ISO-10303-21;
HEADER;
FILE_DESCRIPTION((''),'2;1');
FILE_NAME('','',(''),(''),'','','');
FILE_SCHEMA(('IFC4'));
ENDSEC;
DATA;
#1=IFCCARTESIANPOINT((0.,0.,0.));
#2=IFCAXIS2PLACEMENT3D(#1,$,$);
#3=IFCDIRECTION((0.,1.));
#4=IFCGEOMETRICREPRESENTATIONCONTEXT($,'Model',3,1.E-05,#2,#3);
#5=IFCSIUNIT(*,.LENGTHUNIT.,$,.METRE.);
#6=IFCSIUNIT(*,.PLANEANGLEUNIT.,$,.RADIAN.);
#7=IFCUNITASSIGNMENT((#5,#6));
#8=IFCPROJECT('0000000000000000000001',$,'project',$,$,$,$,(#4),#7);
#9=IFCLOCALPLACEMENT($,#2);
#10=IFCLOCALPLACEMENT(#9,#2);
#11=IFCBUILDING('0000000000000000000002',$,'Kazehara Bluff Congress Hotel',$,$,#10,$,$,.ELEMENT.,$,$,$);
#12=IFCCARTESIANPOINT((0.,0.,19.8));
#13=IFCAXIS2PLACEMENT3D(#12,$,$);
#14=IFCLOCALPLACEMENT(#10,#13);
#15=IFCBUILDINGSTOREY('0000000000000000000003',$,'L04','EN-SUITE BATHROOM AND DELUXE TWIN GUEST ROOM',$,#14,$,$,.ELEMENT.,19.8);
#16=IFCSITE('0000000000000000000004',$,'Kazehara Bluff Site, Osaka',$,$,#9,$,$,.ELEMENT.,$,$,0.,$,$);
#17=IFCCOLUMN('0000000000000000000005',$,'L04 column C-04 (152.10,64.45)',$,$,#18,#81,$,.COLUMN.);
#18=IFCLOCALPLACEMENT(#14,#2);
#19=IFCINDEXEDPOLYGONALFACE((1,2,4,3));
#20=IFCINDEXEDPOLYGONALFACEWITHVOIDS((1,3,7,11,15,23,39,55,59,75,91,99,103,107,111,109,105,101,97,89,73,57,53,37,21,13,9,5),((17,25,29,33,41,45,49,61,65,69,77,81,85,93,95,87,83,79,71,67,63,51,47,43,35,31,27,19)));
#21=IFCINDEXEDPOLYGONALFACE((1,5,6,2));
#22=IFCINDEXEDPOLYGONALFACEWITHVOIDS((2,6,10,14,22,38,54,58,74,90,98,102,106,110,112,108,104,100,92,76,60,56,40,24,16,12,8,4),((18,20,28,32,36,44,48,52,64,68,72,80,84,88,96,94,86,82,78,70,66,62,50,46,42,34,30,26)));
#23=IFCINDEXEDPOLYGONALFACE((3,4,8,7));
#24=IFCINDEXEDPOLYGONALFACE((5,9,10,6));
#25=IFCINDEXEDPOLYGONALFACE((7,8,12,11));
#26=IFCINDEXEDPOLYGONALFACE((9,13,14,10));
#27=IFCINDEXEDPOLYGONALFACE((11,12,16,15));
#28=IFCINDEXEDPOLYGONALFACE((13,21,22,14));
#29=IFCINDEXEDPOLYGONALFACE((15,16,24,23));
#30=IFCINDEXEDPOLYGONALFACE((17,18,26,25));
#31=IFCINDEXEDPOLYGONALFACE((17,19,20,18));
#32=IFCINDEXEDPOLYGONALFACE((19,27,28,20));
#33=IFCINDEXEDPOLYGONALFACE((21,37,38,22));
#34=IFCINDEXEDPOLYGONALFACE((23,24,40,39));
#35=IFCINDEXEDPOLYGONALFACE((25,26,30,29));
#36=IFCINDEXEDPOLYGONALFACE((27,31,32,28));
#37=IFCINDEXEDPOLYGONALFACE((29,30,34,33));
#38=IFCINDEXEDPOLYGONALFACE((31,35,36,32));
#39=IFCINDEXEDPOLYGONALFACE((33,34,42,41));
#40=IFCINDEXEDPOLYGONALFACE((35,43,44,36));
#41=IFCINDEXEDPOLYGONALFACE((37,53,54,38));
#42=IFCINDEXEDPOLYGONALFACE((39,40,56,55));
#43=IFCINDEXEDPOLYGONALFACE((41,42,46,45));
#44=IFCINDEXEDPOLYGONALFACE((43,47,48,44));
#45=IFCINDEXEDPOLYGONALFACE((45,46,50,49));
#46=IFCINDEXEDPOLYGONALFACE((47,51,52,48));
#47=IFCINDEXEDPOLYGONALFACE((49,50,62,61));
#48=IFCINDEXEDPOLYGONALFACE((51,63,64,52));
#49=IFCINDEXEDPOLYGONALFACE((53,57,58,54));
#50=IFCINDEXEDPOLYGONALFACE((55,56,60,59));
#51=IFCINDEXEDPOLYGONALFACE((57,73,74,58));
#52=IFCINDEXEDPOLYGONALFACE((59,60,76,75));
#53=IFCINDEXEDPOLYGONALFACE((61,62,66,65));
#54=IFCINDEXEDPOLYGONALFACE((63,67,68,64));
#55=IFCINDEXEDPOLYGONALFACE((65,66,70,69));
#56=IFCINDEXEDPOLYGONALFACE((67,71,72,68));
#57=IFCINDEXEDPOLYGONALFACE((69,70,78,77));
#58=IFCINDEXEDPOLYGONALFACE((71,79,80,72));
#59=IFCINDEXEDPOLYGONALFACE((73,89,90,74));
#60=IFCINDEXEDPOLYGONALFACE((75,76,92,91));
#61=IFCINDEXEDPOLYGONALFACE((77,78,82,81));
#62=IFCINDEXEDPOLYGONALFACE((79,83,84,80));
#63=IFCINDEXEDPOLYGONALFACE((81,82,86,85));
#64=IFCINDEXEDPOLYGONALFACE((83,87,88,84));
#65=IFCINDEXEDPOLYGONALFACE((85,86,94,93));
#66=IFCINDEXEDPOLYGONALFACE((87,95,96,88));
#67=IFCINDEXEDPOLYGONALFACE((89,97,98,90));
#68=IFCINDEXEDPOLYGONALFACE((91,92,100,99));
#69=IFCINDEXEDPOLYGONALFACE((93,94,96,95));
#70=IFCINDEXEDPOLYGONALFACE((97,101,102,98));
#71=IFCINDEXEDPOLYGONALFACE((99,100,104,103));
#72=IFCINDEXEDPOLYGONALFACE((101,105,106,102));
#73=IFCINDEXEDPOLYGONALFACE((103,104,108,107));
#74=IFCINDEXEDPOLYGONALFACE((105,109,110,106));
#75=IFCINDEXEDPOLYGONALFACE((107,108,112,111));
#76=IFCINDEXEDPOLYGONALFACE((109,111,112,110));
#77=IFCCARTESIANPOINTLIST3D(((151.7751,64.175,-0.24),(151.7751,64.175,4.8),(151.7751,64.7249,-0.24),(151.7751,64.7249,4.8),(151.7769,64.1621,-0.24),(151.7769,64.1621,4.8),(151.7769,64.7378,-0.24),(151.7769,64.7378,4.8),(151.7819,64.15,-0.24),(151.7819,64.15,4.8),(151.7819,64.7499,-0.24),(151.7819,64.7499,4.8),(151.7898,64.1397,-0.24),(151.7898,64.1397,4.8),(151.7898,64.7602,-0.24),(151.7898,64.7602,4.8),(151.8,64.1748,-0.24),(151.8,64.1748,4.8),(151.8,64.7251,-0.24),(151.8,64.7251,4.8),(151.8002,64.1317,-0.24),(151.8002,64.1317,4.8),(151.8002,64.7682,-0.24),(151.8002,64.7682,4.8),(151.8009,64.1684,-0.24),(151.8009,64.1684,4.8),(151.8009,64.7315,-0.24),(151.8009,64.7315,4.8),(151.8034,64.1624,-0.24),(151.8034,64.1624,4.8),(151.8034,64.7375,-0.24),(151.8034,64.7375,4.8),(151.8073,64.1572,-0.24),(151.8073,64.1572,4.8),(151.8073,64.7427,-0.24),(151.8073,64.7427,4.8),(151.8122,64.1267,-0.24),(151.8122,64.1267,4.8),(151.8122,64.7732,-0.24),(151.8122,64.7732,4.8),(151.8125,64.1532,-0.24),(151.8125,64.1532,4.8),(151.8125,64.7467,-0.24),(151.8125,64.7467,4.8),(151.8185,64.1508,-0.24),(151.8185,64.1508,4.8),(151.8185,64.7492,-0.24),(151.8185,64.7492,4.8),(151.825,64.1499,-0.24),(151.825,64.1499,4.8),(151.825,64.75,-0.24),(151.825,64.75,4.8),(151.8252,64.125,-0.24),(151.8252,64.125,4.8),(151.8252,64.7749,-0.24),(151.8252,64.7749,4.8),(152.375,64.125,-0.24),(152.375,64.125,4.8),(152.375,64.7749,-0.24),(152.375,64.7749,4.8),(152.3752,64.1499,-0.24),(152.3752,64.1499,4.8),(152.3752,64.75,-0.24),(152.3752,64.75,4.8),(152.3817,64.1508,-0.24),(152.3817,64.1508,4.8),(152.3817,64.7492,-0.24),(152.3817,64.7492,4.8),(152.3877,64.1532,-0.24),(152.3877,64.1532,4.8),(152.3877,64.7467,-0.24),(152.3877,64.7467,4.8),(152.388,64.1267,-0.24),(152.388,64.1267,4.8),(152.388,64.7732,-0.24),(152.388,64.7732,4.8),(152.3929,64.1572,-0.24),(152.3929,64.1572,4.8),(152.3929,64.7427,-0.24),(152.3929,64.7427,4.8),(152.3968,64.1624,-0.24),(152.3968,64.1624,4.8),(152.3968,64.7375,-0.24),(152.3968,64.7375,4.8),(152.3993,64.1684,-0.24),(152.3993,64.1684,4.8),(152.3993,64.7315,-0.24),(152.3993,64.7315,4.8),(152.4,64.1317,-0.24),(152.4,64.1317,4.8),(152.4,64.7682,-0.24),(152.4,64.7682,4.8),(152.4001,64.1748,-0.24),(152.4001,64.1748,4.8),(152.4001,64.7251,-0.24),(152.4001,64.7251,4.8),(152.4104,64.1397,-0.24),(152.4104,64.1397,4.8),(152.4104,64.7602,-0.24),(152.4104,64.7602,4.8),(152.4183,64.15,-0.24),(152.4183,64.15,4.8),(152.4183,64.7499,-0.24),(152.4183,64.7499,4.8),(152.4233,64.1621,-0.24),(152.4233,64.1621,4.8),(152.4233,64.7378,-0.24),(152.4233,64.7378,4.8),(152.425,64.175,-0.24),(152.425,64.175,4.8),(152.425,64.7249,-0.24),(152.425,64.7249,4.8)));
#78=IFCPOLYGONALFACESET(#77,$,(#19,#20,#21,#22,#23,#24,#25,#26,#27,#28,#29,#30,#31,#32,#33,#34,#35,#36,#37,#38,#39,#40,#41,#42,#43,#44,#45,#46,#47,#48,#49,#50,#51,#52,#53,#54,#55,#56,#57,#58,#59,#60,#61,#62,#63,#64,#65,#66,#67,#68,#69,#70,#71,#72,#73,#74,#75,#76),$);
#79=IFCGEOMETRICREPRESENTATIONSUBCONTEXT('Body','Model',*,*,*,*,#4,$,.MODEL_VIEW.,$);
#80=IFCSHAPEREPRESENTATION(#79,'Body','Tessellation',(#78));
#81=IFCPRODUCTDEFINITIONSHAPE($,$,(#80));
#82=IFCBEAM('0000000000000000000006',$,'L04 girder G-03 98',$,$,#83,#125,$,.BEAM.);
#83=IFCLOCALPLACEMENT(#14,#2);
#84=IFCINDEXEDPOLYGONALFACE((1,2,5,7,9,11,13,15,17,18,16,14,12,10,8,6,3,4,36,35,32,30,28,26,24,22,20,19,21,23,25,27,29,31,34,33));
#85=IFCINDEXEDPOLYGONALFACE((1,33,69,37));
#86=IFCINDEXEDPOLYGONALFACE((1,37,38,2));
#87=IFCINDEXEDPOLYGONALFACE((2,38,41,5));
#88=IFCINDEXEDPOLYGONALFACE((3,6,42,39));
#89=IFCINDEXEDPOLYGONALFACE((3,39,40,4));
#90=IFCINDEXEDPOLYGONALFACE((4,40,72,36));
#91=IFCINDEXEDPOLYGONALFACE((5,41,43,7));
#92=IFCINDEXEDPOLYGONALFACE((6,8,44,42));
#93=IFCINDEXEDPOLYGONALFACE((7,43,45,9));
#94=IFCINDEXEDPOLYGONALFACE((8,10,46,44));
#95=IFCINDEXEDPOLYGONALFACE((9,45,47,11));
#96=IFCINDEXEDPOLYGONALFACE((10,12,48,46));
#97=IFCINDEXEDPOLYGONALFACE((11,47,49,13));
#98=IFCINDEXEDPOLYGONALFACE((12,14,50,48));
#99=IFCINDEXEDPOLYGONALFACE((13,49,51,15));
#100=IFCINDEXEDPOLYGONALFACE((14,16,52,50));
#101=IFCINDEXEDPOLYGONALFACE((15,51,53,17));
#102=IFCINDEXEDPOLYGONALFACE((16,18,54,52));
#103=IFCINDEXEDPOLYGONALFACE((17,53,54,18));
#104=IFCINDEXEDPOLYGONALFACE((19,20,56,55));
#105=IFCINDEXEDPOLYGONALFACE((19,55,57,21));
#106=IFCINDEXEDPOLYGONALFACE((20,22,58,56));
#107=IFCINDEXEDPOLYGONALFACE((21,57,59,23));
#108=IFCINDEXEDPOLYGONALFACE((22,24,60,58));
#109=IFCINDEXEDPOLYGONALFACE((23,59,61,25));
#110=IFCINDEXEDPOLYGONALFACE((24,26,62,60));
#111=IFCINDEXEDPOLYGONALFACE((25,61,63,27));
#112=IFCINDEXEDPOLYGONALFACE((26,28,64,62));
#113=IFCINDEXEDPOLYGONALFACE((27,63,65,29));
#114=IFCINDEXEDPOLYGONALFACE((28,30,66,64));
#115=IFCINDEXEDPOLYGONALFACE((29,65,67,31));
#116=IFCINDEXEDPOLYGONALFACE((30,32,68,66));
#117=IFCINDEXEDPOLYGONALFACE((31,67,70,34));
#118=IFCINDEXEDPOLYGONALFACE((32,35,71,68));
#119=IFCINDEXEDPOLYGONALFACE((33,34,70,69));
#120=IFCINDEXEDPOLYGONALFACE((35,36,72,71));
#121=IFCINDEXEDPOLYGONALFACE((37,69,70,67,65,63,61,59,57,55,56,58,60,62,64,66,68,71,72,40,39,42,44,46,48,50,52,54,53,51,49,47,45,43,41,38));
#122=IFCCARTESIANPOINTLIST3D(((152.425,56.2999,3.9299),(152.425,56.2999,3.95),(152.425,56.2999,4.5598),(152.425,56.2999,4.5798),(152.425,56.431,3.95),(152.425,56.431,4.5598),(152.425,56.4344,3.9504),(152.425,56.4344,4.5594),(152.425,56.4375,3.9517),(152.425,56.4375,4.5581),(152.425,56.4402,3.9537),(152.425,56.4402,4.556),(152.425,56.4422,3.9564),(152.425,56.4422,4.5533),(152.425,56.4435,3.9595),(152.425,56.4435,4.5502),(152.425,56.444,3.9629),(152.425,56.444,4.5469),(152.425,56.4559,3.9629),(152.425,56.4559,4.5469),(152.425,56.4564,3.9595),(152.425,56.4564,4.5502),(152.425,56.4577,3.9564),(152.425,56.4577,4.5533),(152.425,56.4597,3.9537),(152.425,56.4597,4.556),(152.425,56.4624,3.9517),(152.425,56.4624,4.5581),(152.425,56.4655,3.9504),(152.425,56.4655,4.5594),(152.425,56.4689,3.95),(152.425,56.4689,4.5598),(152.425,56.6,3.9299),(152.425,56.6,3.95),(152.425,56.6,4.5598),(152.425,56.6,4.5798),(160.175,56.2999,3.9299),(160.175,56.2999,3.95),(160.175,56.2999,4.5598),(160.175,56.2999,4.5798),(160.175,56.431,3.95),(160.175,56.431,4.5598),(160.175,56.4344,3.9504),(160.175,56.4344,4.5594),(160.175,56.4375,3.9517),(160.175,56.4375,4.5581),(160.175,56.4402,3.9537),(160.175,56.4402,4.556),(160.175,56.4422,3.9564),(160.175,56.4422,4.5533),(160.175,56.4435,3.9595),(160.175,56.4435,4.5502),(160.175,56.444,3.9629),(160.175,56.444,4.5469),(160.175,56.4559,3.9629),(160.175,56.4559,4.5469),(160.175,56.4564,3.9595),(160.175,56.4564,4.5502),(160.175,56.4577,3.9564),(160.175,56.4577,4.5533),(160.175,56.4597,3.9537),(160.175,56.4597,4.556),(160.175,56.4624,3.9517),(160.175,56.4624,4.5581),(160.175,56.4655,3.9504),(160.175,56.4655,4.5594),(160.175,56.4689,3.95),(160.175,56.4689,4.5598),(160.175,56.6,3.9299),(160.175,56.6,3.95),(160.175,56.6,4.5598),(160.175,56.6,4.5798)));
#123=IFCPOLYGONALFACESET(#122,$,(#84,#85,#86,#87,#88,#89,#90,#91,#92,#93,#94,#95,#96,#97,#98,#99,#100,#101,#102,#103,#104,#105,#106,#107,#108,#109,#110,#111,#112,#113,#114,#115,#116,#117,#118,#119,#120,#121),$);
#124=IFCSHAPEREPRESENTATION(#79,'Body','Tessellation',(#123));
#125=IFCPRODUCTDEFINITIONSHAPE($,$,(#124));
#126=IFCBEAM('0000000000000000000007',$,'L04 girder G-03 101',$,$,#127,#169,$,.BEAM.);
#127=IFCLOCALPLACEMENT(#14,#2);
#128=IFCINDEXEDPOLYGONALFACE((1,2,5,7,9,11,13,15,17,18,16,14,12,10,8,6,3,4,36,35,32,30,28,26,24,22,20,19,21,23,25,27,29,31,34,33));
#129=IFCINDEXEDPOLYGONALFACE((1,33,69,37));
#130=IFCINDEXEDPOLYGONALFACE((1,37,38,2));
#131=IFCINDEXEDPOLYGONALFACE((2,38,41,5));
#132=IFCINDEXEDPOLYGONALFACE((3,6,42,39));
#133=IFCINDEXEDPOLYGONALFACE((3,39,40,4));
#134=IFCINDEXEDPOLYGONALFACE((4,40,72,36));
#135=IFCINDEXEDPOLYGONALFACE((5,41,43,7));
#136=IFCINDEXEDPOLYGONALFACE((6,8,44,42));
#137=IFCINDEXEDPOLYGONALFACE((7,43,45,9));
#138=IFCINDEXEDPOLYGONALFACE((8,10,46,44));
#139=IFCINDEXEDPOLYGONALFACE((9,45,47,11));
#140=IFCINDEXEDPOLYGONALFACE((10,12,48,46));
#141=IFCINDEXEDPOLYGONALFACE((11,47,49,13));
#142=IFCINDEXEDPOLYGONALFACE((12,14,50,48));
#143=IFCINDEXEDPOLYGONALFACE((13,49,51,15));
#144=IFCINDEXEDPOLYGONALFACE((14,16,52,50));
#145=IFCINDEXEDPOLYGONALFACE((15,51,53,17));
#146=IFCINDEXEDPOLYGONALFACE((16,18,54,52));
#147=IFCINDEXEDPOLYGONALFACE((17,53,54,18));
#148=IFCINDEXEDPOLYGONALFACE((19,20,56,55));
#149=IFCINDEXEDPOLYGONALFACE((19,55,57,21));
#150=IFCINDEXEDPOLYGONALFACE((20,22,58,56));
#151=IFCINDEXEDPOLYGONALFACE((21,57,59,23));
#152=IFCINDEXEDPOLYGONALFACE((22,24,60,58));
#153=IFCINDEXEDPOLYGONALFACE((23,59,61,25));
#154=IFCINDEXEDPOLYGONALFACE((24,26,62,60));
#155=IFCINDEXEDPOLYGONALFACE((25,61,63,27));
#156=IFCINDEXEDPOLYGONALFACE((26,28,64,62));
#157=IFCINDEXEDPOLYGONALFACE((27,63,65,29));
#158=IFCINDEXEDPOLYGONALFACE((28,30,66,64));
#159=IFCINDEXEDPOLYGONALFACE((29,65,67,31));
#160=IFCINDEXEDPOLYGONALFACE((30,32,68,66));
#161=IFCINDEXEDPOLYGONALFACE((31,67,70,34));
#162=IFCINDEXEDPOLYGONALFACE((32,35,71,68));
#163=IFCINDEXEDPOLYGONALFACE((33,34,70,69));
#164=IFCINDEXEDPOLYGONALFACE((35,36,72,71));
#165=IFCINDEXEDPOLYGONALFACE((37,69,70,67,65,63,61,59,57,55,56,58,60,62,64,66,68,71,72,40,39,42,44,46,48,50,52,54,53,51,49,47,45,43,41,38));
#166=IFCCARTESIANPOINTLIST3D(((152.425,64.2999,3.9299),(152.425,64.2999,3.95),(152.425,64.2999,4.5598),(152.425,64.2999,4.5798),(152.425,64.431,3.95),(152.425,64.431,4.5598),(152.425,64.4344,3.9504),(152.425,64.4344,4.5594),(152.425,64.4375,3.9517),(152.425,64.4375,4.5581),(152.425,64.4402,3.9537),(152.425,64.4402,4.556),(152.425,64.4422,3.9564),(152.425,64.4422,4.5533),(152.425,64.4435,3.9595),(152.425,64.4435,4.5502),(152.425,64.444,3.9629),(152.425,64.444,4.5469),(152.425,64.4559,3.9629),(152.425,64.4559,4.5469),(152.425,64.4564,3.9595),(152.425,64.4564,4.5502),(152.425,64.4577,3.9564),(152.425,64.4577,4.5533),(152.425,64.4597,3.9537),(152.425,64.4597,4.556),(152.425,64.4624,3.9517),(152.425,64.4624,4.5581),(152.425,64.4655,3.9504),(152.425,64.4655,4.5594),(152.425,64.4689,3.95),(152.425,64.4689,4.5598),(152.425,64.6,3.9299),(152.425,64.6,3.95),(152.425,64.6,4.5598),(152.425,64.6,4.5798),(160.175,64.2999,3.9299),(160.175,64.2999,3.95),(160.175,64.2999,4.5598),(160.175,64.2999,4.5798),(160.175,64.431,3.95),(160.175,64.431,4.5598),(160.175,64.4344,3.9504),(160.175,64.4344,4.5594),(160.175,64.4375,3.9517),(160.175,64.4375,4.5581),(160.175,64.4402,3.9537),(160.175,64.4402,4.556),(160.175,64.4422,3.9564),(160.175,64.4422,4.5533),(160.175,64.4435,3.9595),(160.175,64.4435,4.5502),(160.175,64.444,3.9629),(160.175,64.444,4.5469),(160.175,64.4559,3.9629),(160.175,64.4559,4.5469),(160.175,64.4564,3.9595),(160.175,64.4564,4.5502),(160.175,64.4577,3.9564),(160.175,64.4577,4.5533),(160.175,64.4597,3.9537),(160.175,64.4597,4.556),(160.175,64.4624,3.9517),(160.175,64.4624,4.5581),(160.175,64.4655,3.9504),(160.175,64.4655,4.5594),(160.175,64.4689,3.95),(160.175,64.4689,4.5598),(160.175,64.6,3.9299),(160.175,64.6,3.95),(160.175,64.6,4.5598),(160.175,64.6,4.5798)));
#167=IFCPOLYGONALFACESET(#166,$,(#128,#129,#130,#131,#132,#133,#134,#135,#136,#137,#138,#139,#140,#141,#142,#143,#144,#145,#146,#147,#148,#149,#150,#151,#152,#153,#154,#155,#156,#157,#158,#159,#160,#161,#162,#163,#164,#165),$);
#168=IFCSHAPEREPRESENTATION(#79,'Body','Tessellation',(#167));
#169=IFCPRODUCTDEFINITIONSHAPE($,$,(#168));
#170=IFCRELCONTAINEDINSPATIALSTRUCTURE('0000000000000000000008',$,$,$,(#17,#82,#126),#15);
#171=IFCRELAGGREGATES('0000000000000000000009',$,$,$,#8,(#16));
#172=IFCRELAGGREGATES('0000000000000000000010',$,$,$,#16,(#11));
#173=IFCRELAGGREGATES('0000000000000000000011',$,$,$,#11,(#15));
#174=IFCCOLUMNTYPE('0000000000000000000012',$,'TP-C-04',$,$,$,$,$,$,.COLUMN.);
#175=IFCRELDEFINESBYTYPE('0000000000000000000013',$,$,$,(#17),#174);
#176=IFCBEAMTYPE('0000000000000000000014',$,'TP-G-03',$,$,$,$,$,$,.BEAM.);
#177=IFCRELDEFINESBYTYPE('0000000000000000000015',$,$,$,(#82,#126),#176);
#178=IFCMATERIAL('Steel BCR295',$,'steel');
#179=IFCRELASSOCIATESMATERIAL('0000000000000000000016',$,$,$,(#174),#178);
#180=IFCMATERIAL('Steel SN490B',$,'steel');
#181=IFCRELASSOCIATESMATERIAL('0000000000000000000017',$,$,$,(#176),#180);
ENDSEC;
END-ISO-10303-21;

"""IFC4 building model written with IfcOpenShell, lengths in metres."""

from ifc_helpers import new_model, si_unit, direction, frame, origin, origin_2d, place, context, subcontext, project, spatial, hollow_rectangle, i_section, extrude, material, material_profile, profile_set, type_object, element, save


model = new_model("IFC4")

# Units and contexts
model_context = context("Model", 3, precision=1e-05, world=origin(), true_north=direction((0.0, 1.0)))
body_context = subcontext(model_context, "Body", "Model", "MODEL_VIEW")
ifc_project = project(units=[si_unit("LENGTHUNIT", "METRE"), si_unit("PLANEANGLEUNIT", "RADIAN")], contexts=[model_context])

# Site, building, storey
site_placement = place(None, origin())
site = spatial("IfcSite", under=ifc_project, at=site_placement, Name="Kazehara Bluff Site, Osaka", CompositionType="ELEMENT", RefElevation=0.0)
building_placement = place(site_placement, origin())
building = spatial("IfcBuilding", under=site, at=building_placement, Name="Kazehara Bluff Congress Hotel", CompositionType="ELEMENT")
storey_placement = place(building_placement, frame((0.0, 0.0, 19.8)))
storey = spatial("IfcBuildingStorey", under=building, at=storey_placement, Name="L04", Description="EN-SUITE BATHROOM AND DELUXE TWIN GUEST ROOM", CompositionType="ELEMENT", Elevation=19.8)

# Column
ifc_material_1 = material(Name="Steel BCR295", Category="steel")
ifc_material_profile_1 = material_profile(ifc_material_1, hollow_rectangle(XDim=0.6499, YDim=0.6499, WallThickness=0.0249, InnerFilletRadius=0.0249, OuterFilletRadius=0.05, at=origin_2d()))
ifc_profile_set_1 = profile_set([ifc_material_profile_1], Name="Steel BCR295")
column_type = type_object("IfcColumnType", Name="TP-C-04", PredefinedType="COLUMN", material=ifc_profile_set_1)
column_placement = place(storey_placement, frame((152.1001, 64.45, -0.24), z_axis=(0.0, 0.0, 1.0), x_axis=(1.0, 0.0, 0.0)))
element("IfcColumn", 1, at=column_placement, inside=storey, type_object=column_type, Name="L04 column C-04 (152.10,64.45)", PredefinedType="COLUMN", context=body_context, shape_type="SweptSolid", body=[
    extrude(hollow_rectangle(XDim=0.6499, YDim=0.6499, WallThickness=0.0249, InnerFilletRadius=0.0249, OuterFilletRadius=0.05, at=origin_2d()), origin(), (0.0, 0.0, 1.0), 5.04),
])

# Beams
ifc_material_2 = material(Name="Steel SN490B", Category="steel")
ifc_material_profile_2 = material_profile(ifc_material_2, i_section(OverallWidth=0.3, OverallDepth=0.6499, WebThickness=0.012, FlangeThickness=0.02, FilletRadius=0.0129, at=origin_2d()))
ifc_profile_set_2 = profile_set([ifc_material_profile_2], Name="Steel SN490B")
beam_type = type_object("IfcBeamType", Name="TP-G-03", PredefinedType="BEAM", material=ifc_profile_set_2)
for number, where, z_axis, x_axis, name in (
    (2, (152.425, 56.45, 4.2549), (1.0, 0.0, 0.0), (0.0, 1.0, 0.0), "L04 girder G-03 98"),
    (3, (152.425, 64.45, 4.2549), (1.0, 0.0, 0.0), (0.0, 1.0, 0.0), "L04 girder G-03 101"),
):
    element("IfcBeam", number, at=place(storey_placement, frame(where, z_axis=z_axis, x_axis=x_axis)), inside=storey, type_object=beam_type, Name=name, PredefinedType="BEAM", context=body_context, shape_type="SweptSolid", body=[
        extrude(i_section(OverallWidth=0.3, OverallDepth=0.6499, WebThickness=0.012, FlangeThickness=0.02, FilletRadius=0.0129, at=origin_2d()), origin(), (0.0, 0.0, 1.0), 7.75),
    ])

save(model, "model.ifc")
